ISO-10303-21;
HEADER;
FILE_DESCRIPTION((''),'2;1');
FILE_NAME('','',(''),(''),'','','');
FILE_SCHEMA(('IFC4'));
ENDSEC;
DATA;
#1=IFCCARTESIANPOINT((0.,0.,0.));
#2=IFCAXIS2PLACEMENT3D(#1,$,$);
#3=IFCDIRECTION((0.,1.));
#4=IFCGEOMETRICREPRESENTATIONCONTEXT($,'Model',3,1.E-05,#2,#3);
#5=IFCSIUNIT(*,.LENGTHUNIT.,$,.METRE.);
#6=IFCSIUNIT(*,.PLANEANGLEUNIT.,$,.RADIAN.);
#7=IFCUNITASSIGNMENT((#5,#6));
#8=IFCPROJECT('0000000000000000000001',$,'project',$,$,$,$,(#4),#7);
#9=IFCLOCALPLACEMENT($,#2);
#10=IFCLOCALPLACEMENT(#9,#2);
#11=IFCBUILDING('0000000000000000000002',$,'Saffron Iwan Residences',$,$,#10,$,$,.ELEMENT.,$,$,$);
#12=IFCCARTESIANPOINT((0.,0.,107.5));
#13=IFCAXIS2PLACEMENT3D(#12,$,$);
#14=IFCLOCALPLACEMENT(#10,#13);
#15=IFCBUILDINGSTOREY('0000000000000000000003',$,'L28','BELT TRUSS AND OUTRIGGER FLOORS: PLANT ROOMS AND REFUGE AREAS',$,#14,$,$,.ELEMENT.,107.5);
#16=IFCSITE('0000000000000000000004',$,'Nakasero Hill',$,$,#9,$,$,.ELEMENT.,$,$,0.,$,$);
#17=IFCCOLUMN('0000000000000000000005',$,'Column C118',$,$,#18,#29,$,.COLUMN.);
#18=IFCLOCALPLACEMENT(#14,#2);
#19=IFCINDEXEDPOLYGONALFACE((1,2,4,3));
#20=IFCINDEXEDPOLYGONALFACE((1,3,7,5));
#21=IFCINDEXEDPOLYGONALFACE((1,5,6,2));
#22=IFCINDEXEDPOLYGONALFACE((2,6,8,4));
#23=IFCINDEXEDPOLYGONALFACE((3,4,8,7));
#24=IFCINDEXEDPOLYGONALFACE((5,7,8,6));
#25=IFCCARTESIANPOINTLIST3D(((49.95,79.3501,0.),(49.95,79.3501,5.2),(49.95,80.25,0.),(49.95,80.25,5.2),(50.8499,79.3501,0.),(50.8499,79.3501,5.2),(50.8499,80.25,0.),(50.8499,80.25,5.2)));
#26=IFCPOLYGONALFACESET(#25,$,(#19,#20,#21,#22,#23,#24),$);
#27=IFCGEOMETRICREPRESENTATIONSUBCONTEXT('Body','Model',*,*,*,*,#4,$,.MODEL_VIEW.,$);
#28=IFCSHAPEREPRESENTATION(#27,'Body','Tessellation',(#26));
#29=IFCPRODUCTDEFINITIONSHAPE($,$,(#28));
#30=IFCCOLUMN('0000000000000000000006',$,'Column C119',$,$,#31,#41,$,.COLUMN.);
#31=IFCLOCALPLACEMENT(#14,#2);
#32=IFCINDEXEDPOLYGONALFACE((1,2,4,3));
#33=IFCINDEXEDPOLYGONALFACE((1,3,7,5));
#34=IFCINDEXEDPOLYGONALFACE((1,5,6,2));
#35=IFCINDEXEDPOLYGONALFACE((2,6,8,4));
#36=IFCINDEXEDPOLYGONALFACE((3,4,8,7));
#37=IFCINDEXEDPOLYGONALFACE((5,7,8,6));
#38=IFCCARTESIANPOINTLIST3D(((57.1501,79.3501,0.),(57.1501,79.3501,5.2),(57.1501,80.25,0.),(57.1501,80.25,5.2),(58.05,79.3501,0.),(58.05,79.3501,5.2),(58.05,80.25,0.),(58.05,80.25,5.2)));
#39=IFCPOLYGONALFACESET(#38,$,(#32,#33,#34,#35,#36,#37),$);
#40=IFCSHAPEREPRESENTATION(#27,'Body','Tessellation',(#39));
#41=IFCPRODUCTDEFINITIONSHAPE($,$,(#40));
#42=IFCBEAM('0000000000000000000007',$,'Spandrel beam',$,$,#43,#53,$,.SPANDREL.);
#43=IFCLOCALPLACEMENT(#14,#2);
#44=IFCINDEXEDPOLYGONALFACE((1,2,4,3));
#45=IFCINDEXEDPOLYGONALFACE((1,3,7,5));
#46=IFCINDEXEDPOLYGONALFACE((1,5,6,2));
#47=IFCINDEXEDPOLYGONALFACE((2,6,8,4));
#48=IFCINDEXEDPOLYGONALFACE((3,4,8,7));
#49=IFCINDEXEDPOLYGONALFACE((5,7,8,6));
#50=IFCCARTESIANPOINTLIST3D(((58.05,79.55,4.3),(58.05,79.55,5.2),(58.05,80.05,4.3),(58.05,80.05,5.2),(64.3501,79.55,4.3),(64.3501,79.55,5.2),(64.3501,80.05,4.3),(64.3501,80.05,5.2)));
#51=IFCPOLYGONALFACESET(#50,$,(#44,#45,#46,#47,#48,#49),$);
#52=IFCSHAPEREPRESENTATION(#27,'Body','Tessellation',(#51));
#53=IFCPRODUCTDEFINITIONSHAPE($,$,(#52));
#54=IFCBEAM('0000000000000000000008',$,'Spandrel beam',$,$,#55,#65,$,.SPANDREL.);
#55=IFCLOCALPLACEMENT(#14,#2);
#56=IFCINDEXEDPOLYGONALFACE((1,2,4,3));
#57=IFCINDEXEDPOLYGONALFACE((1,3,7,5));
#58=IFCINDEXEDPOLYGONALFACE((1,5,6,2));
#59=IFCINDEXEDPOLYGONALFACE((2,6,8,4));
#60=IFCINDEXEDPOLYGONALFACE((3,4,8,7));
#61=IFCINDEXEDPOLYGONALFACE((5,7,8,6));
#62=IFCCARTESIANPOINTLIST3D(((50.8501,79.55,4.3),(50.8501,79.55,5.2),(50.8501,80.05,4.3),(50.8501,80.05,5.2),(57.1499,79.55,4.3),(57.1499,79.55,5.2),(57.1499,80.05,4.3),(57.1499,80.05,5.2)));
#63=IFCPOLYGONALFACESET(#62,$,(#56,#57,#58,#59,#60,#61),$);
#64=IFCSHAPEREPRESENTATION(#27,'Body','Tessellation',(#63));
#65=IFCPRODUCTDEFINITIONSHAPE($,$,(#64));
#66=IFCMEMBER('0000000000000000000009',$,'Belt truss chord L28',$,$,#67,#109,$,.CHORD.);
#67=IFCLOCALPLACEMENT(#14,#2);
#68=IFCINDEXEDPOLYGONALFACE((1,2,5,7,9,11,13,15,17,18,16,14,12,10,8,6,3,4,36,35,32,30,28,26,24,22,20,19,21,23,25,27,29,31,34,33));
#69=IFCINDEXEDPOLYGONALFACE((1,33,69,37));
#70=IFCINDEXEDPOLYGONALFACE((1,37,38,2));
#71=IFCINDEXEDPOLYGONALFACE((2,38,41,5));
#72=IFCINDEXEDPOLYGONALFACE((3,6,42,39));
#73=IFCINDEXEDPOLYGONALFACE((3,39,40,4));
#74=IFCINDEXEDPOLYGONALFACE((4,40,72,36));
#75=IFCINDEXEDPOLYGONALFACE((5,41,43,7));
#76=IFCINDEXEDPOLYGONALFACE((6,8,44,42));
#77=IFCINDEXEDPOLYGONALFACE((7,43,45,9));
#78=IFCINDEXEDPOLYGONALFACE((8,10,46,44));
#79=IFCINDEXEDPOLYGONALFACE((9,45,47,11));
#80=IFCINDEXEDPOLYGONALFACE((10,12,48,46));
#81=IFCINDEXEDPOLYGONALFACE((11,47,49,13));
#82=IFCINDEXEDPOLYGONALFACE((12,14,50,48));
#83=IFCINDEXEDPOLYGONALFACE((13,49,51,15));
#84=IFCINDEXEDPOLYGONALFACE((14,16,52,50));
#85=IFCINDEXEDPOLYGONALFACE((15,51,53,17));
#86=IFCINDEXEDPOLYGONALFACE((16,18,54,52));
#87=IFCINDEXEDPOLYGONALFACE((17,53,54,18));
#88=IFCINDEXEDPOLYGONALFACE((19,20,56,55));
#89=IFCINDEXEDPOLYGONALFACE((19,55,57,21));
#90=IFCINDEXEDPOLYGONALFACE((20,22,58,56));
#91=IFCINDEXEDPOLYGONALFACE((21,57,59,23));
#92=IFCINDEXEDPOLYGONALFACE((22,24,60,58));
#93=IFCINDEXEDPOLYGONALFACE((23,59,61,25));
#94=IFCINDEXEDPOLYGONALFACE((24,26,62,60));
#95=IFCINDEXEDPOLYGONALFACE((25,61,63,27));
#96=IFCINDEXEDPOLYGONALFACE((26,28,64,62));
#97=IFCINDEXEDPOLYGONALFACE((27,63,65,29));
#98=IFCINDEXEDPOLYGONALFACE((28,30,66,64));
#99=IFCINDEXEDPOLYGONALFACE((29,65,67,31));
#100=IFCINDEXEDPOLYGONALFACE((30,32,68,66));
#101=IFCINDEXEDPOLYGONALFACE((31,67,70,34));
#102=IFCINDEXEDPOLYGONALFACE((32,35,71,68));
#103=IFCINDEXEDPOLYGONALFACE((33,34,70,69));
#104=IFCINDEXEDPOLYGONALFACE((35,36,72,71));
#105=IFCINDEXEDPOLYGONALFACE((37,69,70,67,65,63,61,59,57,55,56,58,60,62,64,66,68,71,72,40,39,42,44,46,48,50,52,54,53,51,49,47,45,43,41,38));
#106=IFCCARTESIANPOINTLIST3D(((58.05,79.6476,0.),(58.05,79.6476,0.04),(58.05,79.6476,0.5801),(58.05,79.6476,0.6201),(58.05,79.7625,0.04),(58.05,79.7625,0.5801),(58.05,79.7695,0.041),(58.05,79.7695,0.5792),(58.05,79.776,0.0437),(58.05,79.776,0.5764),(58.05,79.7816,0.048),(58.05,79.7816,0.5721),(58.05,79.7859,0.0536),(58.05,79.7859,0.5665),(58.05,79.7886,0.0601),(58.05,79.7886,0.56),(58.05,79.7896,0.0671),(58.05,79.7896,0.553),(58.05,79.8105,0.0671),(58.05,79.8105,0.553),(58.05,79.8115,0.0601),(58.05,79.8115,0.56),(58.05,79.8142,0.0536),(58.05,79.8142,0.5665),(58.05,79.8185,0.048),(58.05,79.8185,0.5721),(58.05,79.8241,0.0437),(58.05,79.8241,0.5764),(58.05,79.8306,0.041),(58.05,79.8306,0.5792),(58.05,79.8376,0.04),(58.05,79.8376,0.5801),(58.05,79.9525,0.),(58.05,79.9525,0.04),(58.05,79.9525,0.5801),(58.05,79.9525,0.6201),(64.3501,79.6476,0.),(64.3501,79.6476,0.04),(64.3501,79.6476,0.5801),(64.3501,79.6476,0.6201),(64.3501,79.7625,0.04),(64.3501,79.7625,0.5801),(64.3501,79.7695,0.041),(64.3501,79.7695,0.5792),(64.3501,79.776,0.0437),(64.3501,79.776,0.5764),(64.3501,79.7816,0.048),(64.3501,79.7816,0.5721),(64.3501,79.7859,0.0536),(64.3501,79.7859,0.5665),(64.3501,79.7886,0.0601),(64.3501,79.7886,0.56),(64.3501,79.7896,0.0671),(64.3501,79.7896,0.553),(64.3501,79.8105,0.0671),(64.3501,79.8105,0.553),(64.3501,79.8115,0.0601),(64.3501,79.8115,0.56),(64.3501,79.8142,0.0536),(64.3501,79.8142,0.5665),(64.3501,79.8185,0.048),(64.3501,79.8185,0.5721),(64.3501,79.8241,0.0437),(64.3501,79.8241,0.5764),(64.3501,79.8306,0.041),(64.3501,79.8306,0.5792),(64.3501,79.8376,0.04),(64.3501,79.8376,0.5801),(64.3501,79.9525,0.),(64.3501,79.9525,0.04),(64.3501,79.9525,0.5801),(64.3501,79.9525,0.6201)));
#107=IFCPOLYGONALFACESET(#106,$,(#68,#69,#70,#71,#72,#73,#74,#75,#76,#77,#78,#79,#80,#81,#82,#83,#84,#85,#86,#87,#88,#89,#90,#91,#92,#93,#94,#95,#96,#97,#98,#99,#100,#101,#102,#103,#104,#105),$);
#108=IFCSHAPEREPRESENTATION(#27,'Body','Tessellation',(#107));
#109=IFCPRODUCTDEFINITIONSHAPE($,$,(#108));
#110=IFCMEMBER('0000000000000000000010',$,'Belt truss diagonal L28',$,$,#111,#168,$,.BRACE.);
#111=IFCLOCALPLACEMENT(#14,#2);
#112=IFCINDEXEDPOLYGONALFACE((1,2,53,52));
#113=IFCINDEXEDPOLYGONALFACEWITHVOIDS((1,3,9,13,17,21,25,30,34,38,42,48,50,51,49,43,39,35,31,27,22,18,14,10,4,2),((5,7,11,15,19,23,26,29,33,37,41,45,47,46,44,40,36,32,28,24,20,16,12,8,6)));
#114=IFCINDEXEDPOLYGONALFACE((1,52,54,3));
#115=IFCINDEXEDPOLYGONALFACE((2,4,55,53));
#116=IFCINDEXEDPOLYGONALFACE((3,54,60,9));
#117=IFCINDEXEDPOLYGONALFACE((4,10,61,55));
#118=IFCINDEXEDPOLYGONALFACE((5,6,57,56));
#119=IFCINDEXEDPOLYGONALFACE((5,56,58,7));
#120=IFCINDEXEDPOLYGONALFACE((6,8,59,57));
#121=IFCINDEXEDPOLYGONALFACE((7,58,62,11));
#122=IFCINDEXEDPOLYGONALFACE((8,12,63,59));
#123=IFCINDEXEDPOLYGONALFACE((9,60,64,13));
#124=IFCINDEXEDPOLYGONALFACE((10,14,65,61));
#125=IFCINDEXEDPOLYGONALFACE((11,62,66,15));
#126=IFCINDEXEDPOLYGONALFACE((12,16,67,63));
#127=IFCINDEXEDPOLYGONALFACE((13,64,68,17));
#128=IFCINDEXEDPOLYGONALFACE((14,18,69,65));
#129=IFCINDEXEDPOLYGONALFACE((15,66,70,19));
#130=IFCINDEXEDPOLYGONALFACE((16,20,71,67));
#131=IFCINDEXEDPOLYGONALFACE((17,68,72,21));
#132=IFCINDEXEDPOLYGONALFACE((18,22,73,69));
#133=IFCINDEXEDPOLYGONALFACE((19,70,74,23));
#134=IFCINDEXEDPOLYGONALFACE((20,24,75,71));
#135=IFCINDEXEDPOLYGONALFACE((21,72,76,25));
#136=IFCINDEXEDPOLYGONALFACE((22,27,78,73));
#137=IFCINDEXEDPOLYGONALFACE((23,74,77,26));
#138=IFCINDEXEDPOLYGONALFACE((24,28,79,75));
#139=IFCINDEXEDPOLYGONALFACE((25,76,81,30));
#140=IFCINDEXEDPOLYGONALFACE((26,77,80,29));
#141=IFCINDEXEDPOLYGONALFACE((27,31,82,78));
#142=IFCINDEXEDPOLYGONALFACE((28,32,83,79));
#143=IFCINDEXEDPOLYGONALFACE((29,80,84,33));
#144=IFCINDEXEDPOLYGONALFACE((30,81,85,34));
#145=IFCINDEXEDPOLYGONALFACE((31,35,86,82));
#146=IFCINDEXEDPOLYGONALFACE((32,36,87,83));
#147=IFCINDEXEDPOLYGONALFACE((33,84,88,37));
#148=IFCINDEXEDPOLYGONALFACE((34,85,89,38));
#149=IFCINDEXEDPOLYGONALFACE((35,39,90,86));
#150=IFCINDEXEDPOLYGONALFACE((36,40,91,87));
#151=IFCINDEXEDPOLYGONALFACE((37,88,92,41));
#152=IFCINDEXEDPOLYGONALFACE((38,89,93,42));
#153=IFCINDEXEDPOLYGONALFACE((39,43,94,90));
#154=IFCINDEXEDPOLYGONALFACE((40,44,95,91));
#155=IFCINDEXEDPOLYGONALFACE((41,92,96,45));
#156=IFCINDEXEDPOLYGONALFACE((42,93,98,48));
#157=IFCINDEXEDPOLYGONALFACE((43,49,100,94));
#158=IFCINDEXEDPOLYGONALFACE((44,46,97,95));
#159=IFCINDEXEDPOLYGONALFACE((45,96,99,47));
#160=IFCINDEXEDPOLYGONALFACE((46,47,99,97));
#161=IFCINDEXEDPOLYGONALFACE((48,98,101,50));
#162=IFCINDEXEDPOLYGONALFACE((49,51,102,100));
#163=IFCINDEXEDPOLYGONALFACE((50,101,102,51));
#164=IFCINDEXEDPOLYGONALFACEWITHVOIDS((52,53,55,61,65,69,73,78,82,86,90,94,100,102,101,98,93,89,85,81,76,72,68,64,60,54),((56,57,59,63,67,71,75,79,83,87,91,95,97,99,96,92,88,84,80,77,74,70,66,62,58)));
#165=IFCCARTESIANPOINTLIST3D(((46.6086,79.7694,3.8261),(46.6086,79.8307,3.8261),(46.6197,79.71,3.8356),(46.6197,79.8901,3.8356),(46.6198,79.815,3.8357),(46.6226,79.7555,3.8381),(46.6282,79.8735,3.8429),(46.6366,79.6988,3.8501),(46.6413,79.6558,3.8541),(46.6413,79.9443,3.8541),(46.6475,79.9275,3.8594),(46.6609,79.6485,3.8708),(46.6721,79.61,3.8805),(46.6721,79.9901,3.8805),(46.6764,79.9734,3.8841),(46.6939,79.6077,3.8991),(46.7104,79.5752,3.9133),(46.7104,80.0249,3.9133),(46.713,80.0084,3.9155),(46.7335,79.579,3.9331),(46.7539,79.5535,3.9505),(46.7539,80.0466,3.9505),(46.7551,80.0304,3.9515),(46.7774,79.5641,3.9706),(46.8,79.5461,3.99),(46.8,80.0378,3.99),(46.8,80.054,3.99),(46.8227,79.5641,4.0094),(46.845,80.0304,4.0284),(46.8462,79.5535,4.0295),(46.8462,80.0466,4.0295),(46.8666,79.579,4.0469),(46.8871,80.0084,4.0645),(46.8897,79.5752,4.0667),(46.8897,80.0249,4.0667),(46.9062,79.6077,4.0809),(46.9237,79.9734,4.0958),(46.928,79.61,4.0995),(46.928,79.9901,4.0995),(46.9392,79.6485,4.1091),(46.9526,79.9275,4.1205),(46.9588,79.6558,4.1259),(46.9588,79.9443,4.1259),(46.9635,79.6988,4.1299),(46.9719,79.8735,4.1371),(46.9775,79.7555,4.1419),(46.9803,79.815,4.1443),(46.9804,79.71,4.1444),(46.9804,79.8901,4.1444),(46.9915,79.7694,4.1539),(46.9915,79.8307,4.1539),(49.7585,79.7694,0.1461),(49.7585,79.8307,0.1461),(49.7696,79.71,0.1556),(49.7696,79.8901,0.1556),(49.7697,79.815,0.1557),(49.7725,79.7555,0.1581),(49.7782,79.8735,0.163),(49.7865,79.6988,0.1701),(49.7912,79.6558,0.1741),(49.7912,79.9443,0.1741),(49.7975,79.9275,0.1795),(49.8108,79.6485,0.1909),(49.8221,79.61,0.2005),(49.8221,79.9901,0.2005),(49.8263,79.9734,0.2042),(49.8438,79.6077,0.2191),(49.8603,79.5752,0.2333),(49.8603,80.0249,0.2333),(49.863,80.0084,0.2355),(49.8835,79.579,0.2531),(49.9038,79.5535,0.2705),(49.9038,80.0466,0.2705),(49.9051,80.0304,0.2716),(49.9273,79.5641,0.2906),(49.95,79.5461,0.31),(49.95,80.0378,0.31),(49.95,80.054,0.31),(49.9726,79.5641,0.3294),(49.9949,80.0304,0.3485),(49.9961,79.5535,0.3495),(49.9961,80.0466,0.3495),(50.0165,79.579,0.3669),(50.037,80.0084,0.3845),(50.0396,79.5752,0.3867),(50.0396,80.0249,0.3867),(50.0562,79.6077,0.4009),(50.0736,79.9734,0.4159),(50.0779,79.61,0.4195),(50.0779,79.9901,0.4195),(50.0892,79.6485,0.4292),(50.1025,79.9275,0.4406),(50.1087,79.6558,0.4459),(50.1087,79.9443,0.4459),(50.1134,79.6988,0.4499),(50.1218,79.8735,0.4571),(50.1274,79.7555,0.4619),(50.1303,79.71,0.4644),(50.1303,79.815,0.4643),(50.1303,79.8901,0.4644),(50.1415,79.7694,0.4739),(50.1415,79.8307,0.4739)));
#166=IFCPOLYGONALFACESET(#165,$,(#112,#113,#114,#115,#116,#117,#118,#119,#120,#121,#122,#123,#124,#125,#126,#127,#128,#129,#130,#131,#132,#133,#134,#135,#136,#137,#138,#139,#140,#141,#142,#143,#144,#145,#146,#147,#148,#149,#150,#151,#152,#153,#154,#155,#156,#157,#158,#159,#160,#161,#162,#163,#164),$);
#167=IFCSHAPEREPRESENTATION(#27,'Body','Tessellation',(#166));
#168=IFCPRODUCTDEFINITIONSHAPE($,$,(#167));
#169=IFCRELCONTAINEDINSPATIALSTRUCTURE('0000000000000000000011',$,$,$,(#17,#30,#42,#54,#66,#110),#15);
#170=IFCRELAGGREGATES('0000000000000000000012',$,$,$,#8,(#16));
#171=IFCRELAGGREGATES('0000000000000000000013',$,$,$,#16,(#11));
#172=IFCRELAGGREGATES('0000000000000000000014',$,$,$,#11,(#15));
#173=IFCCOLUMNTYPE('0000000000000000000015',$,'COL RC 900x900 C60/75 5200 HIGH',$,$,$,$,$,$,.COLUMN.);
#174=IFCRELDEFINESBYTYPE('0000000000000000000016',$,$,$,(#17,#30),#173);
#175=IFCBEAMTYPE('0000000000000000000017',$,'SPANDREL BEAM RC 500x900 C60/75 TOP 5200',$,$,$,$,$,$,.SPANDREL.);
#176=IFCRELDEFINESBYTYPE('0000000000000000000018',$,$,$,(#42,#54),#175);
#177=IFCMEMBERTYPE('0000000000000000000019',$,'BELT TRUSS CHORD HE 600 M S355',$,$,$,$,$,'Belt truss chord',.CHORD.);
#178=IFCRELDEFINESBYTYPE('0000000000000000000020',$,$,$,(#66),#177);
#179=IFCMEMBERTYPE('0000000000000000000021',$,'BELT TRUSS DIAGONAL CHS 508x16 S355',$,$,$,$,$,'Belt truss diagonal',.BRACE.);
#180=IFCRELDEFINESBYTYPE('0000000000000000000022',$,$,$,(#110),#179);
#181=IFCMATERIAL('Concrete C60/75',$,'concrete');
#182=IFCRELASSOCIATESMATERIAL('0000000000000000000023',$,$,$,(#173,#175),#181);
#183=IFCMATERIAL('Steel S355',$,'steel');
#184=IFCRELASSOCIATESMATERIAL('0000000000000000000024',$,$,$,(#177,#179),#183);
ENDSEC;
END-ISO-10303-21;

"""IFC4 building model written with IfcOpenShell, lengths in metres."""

from ifc_helpers import new_model, si_unit, direction, frame, origin, origin_2d, place, context, subcontext, project, spatial, rectangle, hollow_circle, i_section, extrude, source, transform, mapped, material, material_profile, profile_set, type_object, element, save


model = new_model("IFC4")

# Units and contexts
model_context = context("Model", 3, precision=1e-05, world=origin(), true_north=direction((0.0, 1.0)))
body_context = subcontext(model_context, "Body", "Model", "MODEL_VIEW")
ifc_project = project(units=[si_unit("LENGTHUNIT", "METRE"), si_unit("PLANEANGLEUNIT", "RADIAN")], contexts=[model_context])

# Site, building, storey
site_placement = place(None, origin())
site = spatial("IfcSite", under=ifc_project, at=site_placement, Name="Nakasero Hill", CompositionType="ELEMENT", RefElevation=0.0)
building_placement = place(site_placement, origin())
building = spatial("IfcBuilding", under=site, at=building_placement, Name="Saffron Iwan Residences", CompositionType="ELEMENT")
storey_placement = place(building_placement, frame((0.0, 0.0, 107.5)))
storey = spatial("IfcBuildingStorey", under=building, at=storey_placement, Name="L28", Description="BELT TRUSS AND OUTRIGGER FLOORS: PLANT ROOMS AND REFUGE AREAS", CompositionType="ELEMENT", Elevation=107.5)

# Columns
ifc_material_1 = material(Name="Concrete C60/75", Category="concrete")
ifc_material_profile_1 = material_profile(ifc_material_1, rectangle(XDim=0.8999, YDim=0.8999, at=origin_2d()), Name="RC 900x900")
ifc_profile_set_1 = profile_set([ifc_material_profile_1], Name="Concrete C60/75")
column_type = type_object("IfcColumnType", Name="COL RC 900x900 C60/75 5200 HIGH", PredefinedType="COLUMN", material=ifc_profile_set_1)
shared_shape_1 = source(origin(), body_context, "Body", "SweptSolid", [
    extrude(rectangle(XDim=0.8999, YDim=0.8999, at=origin_2d()), origin(), (0.0, 0.0, 1.0), 5.2),
])
for number, where, z_axis, x_axis, name in (
    (1, (50.3999, 79.8, 0.0), (0.0, 0.0, 1.0), (1.0, 0.0, 0.0), "Column C118"),
    (2, (57.6001, 79.8, 0.0), (0.0, 0.0, 1.0), (1.0, 0.0, 0.0), "Column C119"),
):
    element("IfcColumn", number, at=place(storey_placement, frame(where, z_axis=z_axis, x_axis=x_axis)), inside=storey, type_object=column_type, Name=name, PredefinedType="COLUMN", context=body_context, shape_type="MappedRepresentation", body=[
        mapped(shared_shape_1, transform((0.0, 0.0, 0.0))),
    ])

# Beams
ifc_material_profile_2 = material_profile(ifc_material_1, rectangle(XDim=0.5, YDim=0.8999, at=origin_2d()), Name="RC 500x900")
ifc_profile_set_2 = profile_set([ifc_material_profile_2], Name="Concrete C60/75")
beam_type = type_object("IfcBeamType", Name="SPANDREL BEAM RC 500x900 C60/75 TOP 5200", PredefinedType="SPANDREL", material=ifc_profile_set_2)
shared_shape_2 = source(origin(), body_context, "Body", "SweptSolid", [
    extrude(rectangle(XDim=0.5, YDim=0.8999, at=origin_2d()), origin(), (0.0, 0.0, 1.0), 6.3),
])
beam_1_placement = place(storey_placement, frame((58.05, 79.8, 4.75), z_axis=(1.0, 0.0, 0.0), x_axis=(0.0, 1.0, 0.0)))
element("IfcBeam", 3, at=beam_1_placement, inside=storey, type_object=beam_type, Name="Spandrel beam", PredefinedType="SPANDREL", context=body_context, shape_type="MappedRepresentation", body=[
    mapped(shared_shape_2, transform((0.0, 0.0, 0.0))),
])
shared_shape_3 = source(origin(), body_context, "Body", "SweptSolid", [
    extrude(rectangle(XDim=0.5, YDim=0.8999, at=origin_2d()), origin(), (0.0, 0.0, 1.0), 6.2998),
])
beam_2_placement = place(storey_placement, frame((50.8501, 79.8, 4.75), z_axis=(1.0, 0.0, 0.0), x_axis=(0.0, 1.0, 0.0)))
element("IfcBeam", 4, at=beam_2_placement, inside=storey, type_object=beam_type, Name="Spandrel beam", PredefinedType="SPANDREL", context=body_context, shape_type="MappedRepresentation", body=[
    mapped(shared_shape_3, transform((0.0, 0.0, 0.0))),
])

# Members
ifc_material_2 = material(Name="Steel S355", Category="steel")
ifc_material_profile_3 = material_profile(ifc_material_2, i_section(OverallWidth=0.3049, OverallDepth=0.6201, WebThickness=0.021, FlangeThickness=0.04, FilletRadius=0.0271, at=origin_2d()), Name="HE 600 M")
ifc_profile_set_3 = profile_set([ifc_material_profile_3], Name="Steel S355")
member_type_1 = type_object("IfcMemberType", Name="BELT TRUSS CHORD HE 600 M S355", ElementType="Belt truss chord", PredefinedType="CHORD", material=ifc_profile_set_3)
shared_shape_4 = source(origin(), body_context, "Body", "SweptSolid", [
    extrude(i_section(OverallWidth=0.3049, OverallDepth=0.6201, WebThickness=0.021, FlangeThickness=0.04, FilletRadius=0.0271, at=origin_2d()), origin(), (0.0, 0.0, 1.0), 6.3),
])
member_placement = place(storey_placement, frame((58.05, 79.8, 0.3101), z_axis=(1.0, 0.0, 0.0), x_axis=(0.0, 1.0, 0.0)))
element("IfcMember", 5, at=member_placement, inside=storey, type_object=member_type_1, Name="Belt truss chord L28", PredefinedType="CHORD", context=body_context, shape_type="MappedRepresentation", body=[
    mapped(shared_shape_4, transform((0.0, 0.0, 0.0))),
])
ifc_material_profile_4 = material_profile(ifc_material_2, hollow_circle(Radius=0.2539, WallThickness=0.0161, at=origin_2d()), Name="CHS 508x16")
ifc_profile_set_4 = profile_set([ifc_material_profile_4], Name="Steel S355")
member_type_2 = type_object("IfcMemberType", Name="BELT TRUSS DIAGONAL CHS 508x16 S355", ElementType="Belt truss diagonal", PredefinedType="BRACE", material=ifc_profile_set_4)
shared_shape_5 = source(origin(), body_context, "Body", "SweptSolid", [
    extrude(hollow_circle(Radius=0.2539, WallThickness=0.0161, at=origin_2d()), origin(), (0.0, 0.0, 1.0), 4.844),
])
for number, where, z_axis, x_axis, name in (
    (6, (46.8, 79.8, 3.99), (0.650277, 0.0, -0.759698), (0.0, 1.0, 0.0), "Belt truss diagonal L28"),
):
    element("IfcMember", number, at=place(storey_placement, frame(where, z_axis=z_axis, x_axis=x_axis)), inside=storey, type_object=member_type_2, Name=name, PredefinedType="BRACE", context=body_context, shape_type="MappedRepresentation", body=[
        mapped(shared_shape_5, transform((0.0, 0.0, 0.0))),
    ])

save(model, "model.ifc")
